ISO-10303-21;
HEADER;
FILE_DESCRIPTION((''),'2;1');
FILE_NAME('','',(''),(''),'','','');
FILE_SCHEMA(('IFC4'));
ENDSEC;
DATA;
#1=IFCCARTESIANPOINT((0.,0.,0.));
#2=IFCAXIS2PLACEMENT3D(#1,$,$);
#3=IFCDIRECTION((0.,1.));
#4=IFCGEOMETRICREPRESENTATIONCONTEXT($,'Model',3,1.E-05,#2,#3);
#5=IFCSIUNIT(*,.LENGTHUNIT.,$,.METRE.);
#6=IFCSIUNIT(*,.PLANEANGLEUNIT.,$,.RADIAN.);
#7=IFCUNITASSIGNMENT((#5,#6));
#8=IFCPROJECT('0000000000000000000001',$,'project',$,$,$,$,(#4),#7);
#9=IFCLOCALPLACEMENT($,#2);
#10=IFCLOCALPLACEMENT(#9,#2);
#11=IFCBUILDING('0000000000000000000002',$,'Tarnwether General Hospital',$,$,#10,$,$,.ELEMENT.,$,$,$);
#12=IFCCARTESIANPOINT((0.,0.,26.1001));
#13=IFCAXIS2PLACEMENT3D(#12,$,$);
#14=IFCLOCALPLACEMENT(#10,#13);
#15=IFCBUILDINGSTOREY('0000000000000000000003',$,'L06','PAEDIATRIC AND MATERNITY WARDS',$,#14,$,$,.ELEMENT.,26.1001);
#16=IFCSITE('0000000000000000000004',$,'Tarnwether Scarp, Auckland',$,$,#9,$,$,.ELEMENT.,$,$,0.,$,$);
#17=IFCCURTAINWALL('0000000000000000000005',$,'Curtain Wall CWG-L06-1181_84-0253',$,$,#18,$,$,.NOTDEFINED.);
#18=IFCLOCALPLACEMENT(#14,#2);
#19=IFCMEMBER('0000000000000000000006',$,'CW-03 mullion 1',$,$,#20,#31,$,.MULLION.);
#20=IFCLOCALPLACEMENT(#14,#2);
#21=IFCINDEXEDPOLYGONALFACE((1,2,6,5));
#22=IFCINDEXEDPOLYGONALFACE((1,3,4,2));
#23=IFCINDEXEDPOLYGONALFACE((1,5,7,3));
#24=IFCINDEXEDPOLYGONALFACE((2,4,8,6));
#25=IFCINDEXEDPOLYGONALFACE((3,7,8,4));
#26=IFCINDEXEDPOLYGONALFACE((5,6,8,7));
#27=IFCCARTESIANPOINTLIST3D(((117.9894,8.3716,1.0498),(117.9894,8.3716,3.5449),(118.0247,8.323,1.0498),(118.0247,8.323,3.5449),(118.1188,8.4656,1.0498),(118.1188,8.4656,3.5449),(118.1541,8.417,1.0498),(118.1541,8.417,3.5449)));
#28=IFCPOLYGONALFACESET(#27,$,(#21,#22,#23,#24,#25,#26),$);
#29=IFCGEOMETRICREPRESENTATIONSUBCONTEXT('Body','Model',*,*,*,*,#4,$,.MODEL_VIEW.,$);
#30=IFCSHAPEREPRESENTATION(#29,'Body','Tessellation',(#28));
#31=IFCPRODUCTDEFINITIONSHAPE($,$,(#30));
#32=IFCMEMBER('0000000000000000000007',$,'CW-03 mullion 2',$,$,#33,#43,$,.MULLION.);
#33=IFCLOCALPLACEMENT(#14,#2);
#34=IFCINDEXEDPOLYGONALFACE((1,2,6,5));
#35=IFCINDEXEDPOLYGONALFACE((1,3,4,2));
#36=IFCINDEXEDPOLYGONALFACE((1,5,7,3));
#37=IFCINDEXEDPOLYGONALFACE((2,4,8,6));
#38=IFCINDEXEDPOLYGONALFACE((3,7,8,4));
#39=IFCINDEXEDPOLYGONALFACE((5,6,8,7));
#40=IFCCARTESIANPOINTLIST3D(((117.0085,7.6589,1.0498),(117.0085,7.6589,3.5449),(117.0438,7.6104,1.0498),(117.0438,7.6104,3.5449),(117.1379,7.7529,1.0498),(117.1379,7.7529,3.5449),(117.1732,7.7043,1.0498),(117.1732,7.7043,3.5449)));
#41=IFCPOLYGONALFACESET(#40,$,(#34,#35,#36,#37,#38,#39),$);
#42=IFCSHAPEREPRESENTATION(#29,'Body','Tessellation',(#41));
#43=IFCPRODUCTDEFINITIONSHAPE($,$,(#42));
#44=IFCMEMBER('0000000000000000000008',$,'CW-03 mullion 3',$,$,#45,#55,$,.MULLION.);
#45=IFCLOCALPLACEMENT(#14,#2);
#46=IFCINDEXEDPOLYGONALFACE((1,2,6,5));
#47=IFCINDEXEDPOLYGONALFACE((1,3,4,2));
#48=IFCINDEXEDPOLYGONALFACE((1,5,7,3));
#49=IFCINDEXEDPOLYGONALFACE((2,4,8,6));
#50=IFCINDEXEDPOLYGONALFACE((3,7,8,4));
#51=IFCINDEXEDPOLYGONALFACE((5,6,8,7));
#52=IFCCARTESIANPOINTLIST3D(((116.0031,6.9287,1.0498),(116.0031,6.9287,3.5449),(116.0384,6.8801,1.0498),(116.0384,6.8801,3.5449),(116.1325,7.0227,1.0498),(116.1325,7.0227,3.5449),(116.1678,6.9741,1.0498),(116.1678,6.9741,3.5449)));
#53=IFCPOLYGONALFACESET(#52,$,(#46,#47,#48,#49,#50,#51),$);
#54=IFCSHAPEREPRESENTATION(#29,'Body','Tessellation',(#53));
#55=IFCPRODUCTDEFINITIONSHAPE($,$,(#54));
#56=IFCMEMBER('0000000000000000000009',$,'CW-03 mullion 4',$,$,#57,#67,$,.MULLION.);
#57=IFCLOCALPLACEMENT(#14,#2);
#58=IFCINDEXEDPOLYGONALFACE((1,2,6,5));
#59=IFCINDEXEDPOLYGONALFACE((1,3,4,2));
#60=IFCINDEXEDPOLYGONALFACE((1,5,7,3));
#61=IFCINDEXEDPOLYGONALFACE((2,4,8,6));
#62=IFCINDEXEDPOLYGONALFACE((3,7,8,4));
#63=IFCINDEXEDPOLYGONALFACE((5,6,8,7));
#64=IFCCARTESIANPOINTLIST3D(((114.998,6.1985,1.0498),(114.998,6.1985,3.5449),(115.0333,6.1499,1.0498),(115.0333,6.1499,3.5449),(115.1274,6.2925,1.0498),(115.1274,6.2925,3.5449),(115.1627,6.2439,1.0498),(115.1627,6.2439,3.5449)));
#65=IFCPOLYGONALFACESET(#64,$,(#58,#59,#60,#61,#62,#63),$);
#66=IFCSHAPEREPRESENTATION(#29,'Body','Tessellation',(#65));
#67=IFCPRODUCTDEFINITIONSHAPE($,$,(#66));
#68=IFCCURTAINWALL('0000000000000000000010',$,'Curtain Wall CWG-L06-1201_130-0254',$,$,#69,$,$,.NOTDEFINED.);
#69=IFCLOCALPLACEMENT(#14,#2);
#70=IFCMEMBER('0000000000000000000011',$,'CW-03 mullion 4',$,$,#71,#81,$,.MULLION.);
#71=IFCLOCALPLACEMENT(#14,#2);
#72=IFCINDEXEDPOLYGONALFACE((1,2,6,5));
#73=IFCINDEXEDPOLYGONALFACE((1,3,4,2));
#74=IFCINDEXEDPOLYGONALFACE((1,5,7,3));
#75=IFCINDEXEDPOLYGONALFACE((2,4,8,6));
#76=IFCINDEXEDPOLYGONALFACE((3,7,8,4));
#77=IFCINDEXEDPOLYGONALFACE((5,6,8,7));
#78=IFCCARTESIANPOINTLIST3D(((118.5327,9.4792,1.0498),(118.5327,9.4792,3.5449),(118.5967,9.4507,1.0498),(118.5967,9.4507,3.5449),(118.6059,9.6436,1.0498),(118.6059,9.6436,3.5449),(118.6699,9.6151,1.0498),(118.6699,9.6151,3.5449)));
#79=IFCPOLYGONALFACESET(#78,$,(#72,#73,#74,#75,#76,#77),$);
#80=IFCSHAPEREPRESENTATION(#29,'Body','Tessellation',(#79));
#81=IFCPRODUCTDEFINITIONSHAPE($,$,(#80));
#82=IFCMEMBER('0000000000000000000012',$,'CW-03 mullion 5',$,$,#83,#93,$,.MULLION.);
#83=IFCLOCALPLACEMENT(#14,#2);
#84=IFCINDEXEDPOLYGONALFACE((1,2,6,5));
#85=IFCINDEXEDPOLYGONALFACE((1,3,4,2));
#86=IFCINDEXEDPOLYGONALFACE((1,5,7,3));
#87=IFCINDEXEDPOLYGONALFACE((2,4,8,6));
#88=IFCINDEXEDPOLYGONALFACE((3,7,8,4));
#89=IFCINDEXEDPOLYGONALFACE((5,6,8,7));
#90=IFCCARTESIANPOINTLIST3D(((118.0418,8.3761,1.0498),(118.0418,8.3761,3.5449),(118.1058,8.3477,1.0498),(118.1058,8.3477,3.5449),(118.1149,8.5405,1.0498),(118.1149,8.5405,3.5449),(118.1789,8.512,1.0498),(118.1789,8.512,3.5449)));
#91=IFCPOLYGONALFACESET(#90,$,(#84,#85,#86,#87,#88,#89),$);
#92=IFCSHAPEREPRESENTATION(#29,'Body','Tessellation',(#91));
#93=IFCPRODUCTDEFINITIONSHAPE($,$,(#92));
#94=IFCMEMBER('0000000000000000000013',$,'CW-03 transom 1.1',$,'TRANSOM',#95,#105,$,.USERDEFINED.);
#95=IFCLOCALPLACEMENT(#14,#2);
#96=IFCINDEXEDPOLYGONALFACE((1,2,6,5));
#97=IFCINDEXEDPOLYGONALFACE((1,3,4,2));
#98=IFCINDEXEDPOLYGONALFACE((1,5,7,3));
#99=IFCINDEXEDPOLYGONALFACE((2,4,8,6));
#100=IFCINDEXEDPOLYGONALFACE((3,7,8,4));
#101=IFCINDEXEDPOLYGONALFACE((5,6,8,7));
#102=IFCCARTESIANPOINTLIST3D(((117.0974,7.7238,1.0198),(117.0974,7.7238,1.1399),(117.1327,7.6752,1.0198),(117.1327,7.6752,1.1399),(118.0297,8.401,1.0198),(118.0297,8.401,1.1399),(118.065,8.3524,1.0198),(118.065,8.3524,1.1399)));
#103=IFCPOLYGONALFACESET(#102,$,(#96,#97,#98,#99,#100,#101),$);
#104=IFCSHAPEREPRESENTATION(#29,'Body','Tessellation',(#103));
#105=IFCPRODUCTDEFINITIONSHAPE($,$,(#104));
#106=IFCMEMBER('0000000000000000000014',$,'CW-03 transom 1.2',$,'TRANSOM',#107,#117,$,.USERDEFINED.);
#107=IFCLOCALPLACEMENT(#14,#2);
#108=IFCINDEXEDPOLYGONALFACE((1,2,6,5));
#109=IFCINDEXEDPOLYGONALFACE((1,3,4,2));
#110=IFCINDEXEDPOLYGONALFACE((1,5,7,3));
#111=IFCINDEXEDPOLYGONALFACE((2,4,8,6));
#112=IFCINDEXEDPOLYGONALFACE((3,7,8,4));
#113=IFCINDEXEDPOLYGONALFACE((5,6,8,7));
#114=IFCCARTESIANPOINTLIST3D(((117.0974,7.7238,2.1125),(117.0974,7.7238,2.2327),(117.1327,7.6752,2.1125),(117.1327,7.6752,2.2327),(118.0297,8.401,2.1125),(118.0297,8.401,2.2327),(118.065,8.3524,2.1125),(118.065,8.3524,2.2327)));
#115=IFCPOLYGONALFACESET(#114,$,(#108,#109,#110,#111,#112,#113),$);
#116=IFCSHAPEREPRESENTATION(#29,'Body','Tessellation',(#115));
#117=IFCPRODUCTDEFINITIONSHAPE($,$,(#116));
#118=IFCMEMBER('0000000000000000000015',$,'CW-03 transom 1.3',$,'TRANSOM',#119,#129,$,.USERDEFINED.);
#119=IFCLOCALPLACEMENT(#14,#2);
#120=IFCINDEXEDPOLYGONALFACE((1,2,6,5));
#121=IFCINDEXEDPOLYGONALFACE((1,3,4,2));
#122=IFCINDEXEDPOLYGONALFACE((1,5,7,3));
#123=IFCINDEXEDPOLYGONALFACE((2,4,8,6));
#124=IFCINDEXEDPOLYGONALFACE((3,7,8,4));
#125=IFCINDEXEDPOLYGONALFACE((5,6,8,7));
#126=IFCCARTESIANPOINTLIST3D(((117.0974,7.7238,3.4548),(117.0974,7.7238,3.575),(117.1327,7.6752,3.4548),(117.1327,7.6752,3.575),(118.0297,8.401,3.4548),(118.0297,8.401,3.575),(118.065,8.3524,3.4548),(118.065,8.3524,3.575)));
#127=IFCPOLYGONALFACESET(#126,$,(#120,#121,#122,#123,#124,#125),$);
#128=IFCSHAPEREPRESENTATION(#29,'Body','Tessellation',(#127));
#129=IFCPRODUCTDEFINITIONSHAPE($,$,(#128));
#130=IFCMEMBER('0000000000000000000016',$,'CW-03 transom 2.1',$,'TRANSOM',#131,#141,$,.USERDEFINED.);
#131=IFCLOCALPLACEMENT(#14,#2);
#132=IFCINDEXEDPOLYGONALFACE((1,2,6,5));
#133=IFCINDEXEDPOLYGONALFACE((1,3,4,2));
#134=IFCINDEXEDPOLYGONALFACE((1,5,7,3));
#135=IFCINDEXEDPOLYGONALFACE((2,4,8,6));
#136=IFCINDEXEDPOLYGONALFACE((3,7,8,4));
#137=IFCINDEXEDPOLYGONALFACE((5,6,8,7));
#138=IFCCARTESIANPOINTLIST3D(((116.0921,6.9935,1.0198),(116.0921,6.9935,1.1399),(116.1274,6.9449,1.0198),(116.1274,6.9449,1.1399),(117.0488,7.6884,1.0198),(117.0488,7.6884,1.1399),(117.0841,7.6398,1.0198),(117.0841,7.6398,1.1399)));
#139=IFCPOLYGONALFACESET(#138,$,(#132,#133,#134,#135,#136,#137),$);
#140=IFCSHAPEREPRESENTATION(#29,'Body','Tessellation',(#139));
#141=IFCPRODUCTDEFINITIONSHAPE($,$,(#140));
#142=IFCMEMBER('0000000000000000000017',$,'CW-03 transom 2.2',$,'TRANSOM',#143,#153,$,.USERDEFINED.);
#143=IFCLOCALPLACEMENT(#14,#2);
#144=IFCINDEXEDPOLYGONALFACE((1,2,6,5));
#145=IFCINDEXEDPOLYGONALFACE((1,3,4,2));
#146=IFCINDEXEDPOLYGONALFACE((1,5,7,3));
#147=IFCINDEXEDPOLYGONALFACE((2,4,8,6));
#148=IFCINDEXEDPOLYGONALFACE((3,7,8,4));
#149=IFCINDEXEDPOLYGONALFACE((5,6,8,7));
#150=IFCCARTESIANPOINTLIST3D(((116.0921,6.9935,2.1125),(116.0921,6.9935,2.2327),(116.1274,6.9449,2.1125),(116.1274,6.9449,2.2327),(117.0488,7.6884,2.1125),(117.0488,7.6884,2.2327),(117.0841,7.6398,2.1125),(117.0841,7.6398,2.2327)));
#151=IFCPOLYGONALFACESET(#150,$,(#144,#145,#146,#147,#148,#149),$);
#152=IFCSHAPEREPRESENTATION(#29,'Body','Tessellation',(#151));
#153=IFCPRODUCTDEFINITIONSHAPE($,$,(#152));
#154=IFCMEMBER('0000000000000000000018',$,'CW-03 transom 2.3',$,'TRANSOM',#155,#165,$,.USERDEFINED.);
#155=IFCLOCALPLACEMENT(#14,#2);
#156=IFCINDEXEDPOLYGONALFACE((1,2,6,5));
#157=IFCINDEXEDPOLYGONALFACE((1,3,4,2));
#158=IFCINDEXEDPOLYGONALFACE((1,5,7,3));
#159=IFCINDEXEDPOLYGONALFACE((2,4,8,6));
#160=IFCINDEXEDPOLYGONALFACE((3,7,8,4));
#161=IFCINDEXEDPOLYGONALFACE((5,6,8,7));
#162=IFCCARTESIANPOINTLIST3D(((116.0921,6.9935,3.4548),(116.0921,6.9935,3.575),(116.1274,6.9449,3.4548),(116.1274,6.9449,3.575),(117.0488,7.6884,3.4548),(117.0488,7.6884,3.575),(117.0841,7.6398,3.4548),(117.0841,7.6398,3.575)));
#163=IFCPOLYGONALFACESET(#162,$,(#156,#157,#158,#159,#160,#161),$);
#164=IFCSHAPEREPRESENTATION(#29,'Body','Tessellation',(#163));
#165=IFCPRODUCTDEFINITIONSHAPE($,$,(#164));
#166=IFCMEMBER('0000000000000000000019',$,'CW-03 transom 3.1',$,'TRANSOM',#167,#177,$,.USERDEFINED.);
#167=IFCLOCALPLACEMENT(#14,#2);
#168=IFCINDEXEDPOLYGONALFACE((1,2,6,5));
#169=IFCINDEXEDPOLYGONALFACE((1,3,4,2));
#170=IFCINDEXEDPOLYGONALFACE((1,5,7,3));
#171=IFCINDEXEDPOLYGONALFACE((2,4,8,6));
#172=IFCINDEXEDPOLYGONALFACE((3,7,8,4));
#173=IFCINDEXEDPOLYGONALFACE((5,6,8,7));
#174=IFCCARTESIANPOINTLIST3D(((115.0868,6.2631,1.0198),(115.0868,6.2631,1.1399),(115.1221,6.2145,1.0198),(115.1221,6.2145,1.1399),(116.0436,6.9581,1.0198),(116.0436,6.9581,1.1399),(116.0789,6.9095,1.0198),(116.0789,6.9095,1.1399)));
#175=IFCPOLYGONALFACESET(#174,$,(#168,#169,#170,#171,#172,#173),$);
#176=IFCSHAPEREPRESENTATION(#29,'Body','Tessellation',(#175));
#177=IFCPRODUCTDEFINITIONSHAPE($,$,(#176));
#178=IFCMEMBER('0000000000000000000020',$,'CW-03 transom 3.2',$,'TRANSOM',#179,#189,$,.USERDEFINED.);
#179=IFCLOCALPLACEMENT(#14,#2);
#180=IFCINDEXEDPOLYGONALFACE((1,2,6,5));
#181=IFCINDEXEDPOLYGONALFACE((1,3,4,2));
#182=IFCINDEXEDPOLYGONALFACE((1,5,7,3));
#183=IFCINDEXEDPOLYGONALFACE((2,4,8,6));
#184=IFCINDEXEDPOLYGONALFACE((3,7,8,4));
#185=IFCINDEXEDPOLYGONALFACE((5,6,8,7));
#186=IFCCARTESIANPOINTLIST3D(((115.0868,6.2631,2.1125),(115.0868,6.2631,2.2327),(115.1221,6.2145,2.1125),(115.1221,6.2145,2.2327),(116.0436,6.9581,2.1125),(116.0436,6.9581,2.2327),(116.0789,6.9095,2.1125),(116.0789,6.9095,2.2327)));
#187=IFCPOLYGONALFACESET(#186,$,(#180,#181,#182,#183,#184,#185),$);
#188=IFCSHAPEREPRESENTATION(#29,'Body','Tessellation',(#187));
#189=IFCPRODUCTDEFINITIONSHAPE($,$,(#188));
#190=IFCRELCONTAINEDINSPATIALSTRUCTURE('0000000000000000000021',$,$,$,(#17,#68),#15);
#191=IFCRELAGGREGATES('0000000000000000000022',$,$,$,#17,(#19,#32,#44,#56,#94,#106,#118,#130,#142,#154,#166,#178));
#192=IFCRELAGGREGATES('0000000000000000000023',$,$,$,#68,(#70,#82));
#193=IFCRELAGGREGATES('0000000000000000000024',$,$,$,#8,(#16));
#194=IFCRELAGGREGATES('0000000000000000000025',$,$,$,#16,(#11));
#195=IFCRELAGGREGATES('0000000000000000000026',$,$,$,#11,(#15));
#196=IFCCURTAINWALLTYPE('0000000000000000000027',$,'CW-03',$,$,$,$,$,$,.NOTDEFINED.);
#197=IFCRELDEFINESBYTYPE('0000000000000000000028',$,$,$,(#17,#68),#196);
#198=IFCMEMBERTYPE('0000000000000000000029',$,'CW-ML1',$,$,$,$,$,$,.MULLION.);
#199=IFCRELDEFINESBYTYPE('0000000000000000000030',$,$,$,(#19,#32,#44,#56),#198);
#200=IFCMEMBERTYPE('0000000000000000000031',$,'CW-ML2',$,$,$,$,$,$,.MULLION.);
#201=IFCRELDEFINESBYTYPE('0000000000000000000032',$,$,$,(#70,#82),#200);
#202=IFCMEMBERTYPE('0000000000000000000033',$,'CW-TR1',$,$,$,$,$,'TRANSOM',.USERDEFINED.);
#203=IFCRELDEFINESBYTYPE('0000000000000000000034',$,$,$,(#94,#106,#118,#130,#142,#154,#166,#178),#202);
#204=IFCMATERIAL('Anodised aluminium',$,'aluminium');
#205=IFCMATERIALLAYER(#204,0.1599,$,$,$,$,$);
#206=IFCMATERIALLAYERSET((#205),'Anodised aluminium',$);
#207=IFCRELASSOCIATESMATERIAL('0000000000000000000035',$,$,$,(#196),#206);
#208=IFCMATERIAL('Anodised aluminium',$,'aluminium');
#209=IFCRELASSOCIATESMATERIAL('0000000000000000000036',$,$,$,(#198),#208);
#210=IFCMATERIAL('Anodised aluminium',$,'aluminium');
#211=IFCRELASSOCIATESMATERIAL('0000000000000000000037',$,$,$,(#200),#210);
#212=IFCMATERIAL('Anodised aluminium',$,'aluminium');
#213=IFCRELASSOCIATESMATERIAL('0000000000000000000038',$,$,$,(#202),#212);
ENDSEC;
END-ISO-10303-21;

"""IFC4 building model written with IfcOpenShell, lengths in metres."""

from ifc_helpers import new_model, si_unit, direction, frame, origin, origin_2d, place, context, subcontext, project, spatial, rectangle, extrude, material, layer, layer_set, material_profile, profile_set, type_object, element, aggregate, save


model = new_model("IFC4")

# Units and contexts
model_context = context("Model", 3, precision=1e-05, world=origin(), true_north=direction((0.0, 1.0)))
body_context = subcontext(model_context, "Body", "Model", "MODEL_VIEW")
ifc_project = project(units=[si_unit("LENGTHUNIT", "METRE"), si_unit("PLANEANGLEUNIT", "RADIAN")], contexts=[model_context])

# Site, building, storey
site_placement = place(None, origin())
site = spatial("IfcSite", under=ifc_project, at=site_placement, Name="Tarnwether Scarp, Auckland", CompositionType="ELEMENT", RefElevation=0.0)
building_placement = place(site_placement, origin())
building = spatial("IfcBuilding", under=site, at=building_placement, Name="Tarnwether General Hospital", CompositionType="ELEMENT")
storey_placement = place(building_placement, frame((0.0, 0.0, 26.1001)))
storey = spatial("IfcBuildingStorey", under=building, at=storey_placement, Name="L06", Description="PAEDIATRIC AND MATERNITY WARDS", CompositionType="ELEMENT", Elevation=26.1001)

# Curtain walls, members
ifc_material_1 = material(Name="Anodised aluminium", Category="aluminium")
ifc_layer_1 = layer(ifc_material_1, 0.1599)
ifc_layer_set_1 = layer_set([ifc_layer_1], Name="Anodised aluminium")
curtain_wall_type = type_object("IfcCurtainWallType", Name="CW-03", PredefinedType="NOTDEFINED", material=ifc_layer_set_1)
curtain_wall_1_placement = place(storey_placement, origin())
curtain_wall_1 = element("IfcCurtainWall", 1, at=curtain_wall_1_placement, inside=storey, type_object=curtain_wall_type, Name="Curtain Wall CWG-L06-1181_84-0253", PredefinedType="NOTDEFINED")
ifc_material_2 = material(Name="Anodised aluminium", Category="aluminium")
ifc_material_profile_1 = material_profile(ifc_material_2, rectangle(XDim=0.0601, YDim=0.1599, at=origin_2d()), Name="ALU-MUL-60x160")
ifc_profile_set_1 = profile_set([ifc_material_profile_1], Name="Anodised aluminium")
member_type_1 = type_object("IfcMemberType", Name="CW-ML1", PredefinedType="MULLION", material=ifc_profile_set_1)
member_1_placement = place(storey_placement, frame((118.0718, 8.3943, 1.0498), z_axis=(0.0, 0.0, 1.0), x_axis=(0.587729, -0.809058, 0.0)))
member_1 = element("IfcMember", 2, at=member_1_placement, type_object=member_type_1, Name="CW-03 mullion 1", PredefinedType="MULLION", context=body_context, shape_type="SweptSolid", body=[
    extrude(rectangle(XDim=0.0601, YDim=0.1599, at=origin_2d()), origin(), (0.0, 0.0, 1.0), 2.4951),
])
member_2_placement = place(storey_placement, frame((117.0908, 7.6816, 1.0498), z_axis=(0.0, 0.0, 1.0), x_axis=(0.587729, -0.809058, 0.0)))
member_2 = element("IfcMember", 3, at=member_2_placement, type_object=member_type_1, Name="CW-03 mullion 2", PredefinedType="MULLION", context=body_context, shape_type="SweptSolid", body=[
    extrude(rectangle(XDim=0.0601, YDim=0.1599, at=origin_2d()), origin(), (0.0, 0.0, 1.0), 2.4951),
])
member_3_placement = place(storey_placement, frame((116.0854, 6.9514, 1.0498), z_axis=(0.0, 0.0, 1.0), x_axis=(0.587729, -0.809058, 0.0)))
member_3 = element("IfcMember", 4, at=member_3_placement, type_object=member_type_1, Name="CW-03 mullion 3", PredefinedType="MULLION", context=body_context, shape_type="SweptSolid", body=[
    extrude(rectangle(XDim=0.0601, YDim=0.1599, at=origin_2d()), origin(), (0.0, 0.0, 1.0), 2.4951),
])
member_4_placement = place(storey_placement, frame((115.0803, 6.2212, 1.0498), z_axis=(0.0, 0.0, 1.0), x_axis=(0.587729, -0.809058, 0.0)))
member_4 = element("IfcMember", 5, at=member_4_placement, type_object=member_type_1, Name="CW-03 mullion 4", PredefinedType="MULLION", context=body_context, shape_type="SweptSolid", body=[
    extrude(rectangle(XDim=0.0601, YDim=0.1599, at=origin_2d()), origin(), (0.0, 0.0, 1.0), 2.4951),
])
curtain_wall_2_placement = place(storey_placement, origin())
curtain_wall_2 = element("IfcCurtainWall", 6, at=curtain_wall_2_placement, inside=storey, type_object=curtain_wall_type, Name="Curtain Wall CWG-L06-1201_130-0254", PredefinedType="NOTDEFINED")
ifc_material_3 = material(Name="Anodised aluminium", Category="aluminium")
ifc_material_profile_2 = material_profile(ifc_material_3, rectangle(XDim=0.0701, YDim=0.1799, at=origin_2d()), Name="ALU-MUL-70x180")
ifc_profile_set_2 = profile_set([ifc_material_profile_2], Name="Anodised aluminium")
member_type_2 = type_object("IfcMemberType", Name="CW-ML2", PredefinedType="MULLION", material=ifc_profile_set_2)
member_5_placement = place(storey_placement, frame((118.6013, 9.5471, 1.0498), z_axis=(0.0, 0.0, 1.0), x_axis=(0.913571, -0.40668, 0.0)))
member_5 = element("IfcMember", 7, at=member_5_placement, type_object=member_type_2, Name="CW-03 mullion 4", PredefinedType="MULLION", context=body_context, shape_type="SweptSolid", body=[
    extrude(rectangle(XDim=0.0701, YDim=0.1799, at=origin_2d()), origin(), (0.0, 0.0, 1.0), 2.4951),
])
member_6_placement = place(storey_placement, frame((118.1104, 8.4441, 1.0498), z_axis=(0.0, 0.0, 1.0), x_axis=(0.913571, -0.40668, 0.0)))
member_6 = element("IfcMember", 8, at=member_6_placement, type_object=member_type_2, Name="CW-03 mullion 5", PredefinedType="MULLION", context=body_context, shape_type="SweptSolid", body=[
    extrude(rectangle(XDim=0.0701, YDim=0.1799, at=origin_2d()), origin(), (0.0, 0.0, 1.0), 2.4951),
])

# Members
ifc_material_4 = material(Name="Anodised aluminium", Category="aluminium")
ifc_material_profile_3 = material_profile(ifc_material_4, rectangle(XDim=0.0601, YDim=0.1201, at=origin_2d()), Name="ALU-TRN-60x120")
ifc_profile_set_3 = profile_set([ifc_material_profile_3], Name="Anodised aluminium")
member_type_3 = type_object("IfcMemberType", Name="CW-TR1", ElementType="TRANSOM", PredefinedType="USERDEFINED", material=ifc_profile_set_3)
member_7_placement = place(storey_placement, frame((118.0474, 8.3767, 1.0798), z_axis=(-0.809084, -0.587693, 0.0), x_axis=(0.587693, -0.809084, 0.0)))
member_7 = element("IfcMember", 9, at=member_7_placement, type_object=member_type_3, Name="CW-03 transom 1.1", ObjectType="TRANSOM", PredefinedType="USERDEFINED", context=body_context, shape_type="SweptSolid", body=[
    extrude(rectangle(XDim=0.0601, YDim=0.1201, at=origin_2d()), origin(), (0.0, 0.0, 1.0), 1.1523),
])
member_8_placement = place(storey_placement, frame((118.0474, 8.3767, 2.1726), z_axis=(-0.809084, -0.587693, 0.0), x_axis=(0.587693, -0.809084, 0.0)))
member_8 = element("IfcMember", 10, at=member_8_placement, type_object=member_type_3, Name="CW-03 transom 1.2", ObjectType="TRANSOM", PredefinedType="USERDEFINED", context=body_context, shape_type="SweptSolid", body=[
    extrude(rectangle(XDim=0.0601, YDim=0.1201, at=origin_2d()), origin(), (0.0, 0.0, 1.0), 1.1523),
])
member_9_placement = place(storey_placement, frame((118.0474, 8.3767, 3.5149), z_axis=(-0.809084, -0.587693, 0.0), x_axis=(0.587693, -0.809084, 0.0)))
member_9 = element("IfcMember", 11, at=member_9_placement, type_object=member_type_3, Name="CW-03 transom 1.3", ObjectType="TRANSOM", PredefinedType="USERDEFINED", context=body_context, shape_type="SweptSolid", body=[
    extrude(rectangle(XDim=0.0601, YDim=0.1201, at=origin_2d()), origin(), (0.0, 0.0, 1.0), 1.1523),
])
member_10_placement = place(storey_placement, frame((117.0664, 7.6641, 1.0798), z_axis=(-0.809075, -0.587705, 0.0), x_axis=(0.587705, -0.809075, 0.0)))
member_10 = element("IfcMember", 12, at=member_10_placement, type_object=member_type_3, Name="CW-03 transom 2.1", ObjectType="TRANSOM", PredefinedType="USERDEFINED", context=body_context, shape_type="SweptSolid", body=[
    extrude(rectangle(XDim=0.0601, YDim=0.1201, at=origin_2d()), origin(), (0.0, 0.0, 1.0), 1.1824),
])
member_11_placement = place(storey_placement, frame((117.0664, 7.6641, 2.1726), z_axis=(-0.809075, -0.587705, 0.0), x_axis=(0.587705, -0.809075, 0.0)))
member_11 = element("IfcMember", 13, at=member_11_placement, type_object=member_type_3, Name="CW-03 transom 2.2", ObjectType="TRANSOM", PredefinedType="USERDEFINED", context=body_context, shape_type="SweptSolid", body=[
    extrude(rectangle(XDim=0.0601, YDim=0.1201, at=origin_2d()), origin(), (0.0, 0.0, 1.0), 1.1824),
])
member_12_placement = place(storey_placement, frame((117.0664, 7.6641, 3.5149), z_axis=(-0.809075, -0.587705, 0.0), x_axis=(0.587705, -0.809075, 0.0)))
member_12 = element("IfcMember", 14, at=member_12_placement, type_object=member_type_3, Name="CW-03 transom 2.3", ObjectType="TRANSOM", PredefinedType="USERDEFINED", context=body_context, shape_type="SweptSolid", body=[
    extrude(rectangle(XDim=0.0601, YDim=0.1201, at=origin_2d()), origin(), (0.0, 0.0, 1.0), 1.1824),
])
member_13_placement = place(storey_placement, frame((116.0613, 6.9338, 1.0798), z_axis=(-0.809048, -0.587742, 0.0), x_axis=(0.587742, -0.809048, 0.0)))
member_13 = element("IfcMember", 15, at=member_13_placement, type_object=member_type_3, Name="CW-03 transom 3.1", ObjectType="TRANSOM", PredefinedType="USERDEFINED", context=body_context, shape_type="SweptSolid", body=[
    extrude(rectangle(XDim=0.0601, YDim=0.1201, at=origin_2d()), origin(), (0.0, 0.0, 1.0), 1.1826),
])
member_14_placement = place(storey_placement, frame((116.0613, 6.9338, 2.1726), z_axis=(-0.809048, -0.587742, 0.0), x_axis=(0.587742, -0.809048, 0.0)))
member_14 = element("IfcMember", 16, at=member_14_placement, type_object=member_type_3, Name="CW-03 transom 3.2", ObjectType="TRANSOM", PredefinedType="USERDEFINED", context=body_context, shape_type="SweptSolid", body=[
    extrude(rectangle(XDim=0.0601, YDim=0.1201, at=origin_2d()), origin(), (0.0, 0.0, 1.0), 1.1826),
])

aggregate(curtain_wall_1, [member_1, member_2, member_3, member_4, member_7, member_8, member_9, member_10, member_11, member_12, member_13, member_14])
aggregate(curtain_wall_2, [member_5, member_6])

save(model, "model.ifc")
